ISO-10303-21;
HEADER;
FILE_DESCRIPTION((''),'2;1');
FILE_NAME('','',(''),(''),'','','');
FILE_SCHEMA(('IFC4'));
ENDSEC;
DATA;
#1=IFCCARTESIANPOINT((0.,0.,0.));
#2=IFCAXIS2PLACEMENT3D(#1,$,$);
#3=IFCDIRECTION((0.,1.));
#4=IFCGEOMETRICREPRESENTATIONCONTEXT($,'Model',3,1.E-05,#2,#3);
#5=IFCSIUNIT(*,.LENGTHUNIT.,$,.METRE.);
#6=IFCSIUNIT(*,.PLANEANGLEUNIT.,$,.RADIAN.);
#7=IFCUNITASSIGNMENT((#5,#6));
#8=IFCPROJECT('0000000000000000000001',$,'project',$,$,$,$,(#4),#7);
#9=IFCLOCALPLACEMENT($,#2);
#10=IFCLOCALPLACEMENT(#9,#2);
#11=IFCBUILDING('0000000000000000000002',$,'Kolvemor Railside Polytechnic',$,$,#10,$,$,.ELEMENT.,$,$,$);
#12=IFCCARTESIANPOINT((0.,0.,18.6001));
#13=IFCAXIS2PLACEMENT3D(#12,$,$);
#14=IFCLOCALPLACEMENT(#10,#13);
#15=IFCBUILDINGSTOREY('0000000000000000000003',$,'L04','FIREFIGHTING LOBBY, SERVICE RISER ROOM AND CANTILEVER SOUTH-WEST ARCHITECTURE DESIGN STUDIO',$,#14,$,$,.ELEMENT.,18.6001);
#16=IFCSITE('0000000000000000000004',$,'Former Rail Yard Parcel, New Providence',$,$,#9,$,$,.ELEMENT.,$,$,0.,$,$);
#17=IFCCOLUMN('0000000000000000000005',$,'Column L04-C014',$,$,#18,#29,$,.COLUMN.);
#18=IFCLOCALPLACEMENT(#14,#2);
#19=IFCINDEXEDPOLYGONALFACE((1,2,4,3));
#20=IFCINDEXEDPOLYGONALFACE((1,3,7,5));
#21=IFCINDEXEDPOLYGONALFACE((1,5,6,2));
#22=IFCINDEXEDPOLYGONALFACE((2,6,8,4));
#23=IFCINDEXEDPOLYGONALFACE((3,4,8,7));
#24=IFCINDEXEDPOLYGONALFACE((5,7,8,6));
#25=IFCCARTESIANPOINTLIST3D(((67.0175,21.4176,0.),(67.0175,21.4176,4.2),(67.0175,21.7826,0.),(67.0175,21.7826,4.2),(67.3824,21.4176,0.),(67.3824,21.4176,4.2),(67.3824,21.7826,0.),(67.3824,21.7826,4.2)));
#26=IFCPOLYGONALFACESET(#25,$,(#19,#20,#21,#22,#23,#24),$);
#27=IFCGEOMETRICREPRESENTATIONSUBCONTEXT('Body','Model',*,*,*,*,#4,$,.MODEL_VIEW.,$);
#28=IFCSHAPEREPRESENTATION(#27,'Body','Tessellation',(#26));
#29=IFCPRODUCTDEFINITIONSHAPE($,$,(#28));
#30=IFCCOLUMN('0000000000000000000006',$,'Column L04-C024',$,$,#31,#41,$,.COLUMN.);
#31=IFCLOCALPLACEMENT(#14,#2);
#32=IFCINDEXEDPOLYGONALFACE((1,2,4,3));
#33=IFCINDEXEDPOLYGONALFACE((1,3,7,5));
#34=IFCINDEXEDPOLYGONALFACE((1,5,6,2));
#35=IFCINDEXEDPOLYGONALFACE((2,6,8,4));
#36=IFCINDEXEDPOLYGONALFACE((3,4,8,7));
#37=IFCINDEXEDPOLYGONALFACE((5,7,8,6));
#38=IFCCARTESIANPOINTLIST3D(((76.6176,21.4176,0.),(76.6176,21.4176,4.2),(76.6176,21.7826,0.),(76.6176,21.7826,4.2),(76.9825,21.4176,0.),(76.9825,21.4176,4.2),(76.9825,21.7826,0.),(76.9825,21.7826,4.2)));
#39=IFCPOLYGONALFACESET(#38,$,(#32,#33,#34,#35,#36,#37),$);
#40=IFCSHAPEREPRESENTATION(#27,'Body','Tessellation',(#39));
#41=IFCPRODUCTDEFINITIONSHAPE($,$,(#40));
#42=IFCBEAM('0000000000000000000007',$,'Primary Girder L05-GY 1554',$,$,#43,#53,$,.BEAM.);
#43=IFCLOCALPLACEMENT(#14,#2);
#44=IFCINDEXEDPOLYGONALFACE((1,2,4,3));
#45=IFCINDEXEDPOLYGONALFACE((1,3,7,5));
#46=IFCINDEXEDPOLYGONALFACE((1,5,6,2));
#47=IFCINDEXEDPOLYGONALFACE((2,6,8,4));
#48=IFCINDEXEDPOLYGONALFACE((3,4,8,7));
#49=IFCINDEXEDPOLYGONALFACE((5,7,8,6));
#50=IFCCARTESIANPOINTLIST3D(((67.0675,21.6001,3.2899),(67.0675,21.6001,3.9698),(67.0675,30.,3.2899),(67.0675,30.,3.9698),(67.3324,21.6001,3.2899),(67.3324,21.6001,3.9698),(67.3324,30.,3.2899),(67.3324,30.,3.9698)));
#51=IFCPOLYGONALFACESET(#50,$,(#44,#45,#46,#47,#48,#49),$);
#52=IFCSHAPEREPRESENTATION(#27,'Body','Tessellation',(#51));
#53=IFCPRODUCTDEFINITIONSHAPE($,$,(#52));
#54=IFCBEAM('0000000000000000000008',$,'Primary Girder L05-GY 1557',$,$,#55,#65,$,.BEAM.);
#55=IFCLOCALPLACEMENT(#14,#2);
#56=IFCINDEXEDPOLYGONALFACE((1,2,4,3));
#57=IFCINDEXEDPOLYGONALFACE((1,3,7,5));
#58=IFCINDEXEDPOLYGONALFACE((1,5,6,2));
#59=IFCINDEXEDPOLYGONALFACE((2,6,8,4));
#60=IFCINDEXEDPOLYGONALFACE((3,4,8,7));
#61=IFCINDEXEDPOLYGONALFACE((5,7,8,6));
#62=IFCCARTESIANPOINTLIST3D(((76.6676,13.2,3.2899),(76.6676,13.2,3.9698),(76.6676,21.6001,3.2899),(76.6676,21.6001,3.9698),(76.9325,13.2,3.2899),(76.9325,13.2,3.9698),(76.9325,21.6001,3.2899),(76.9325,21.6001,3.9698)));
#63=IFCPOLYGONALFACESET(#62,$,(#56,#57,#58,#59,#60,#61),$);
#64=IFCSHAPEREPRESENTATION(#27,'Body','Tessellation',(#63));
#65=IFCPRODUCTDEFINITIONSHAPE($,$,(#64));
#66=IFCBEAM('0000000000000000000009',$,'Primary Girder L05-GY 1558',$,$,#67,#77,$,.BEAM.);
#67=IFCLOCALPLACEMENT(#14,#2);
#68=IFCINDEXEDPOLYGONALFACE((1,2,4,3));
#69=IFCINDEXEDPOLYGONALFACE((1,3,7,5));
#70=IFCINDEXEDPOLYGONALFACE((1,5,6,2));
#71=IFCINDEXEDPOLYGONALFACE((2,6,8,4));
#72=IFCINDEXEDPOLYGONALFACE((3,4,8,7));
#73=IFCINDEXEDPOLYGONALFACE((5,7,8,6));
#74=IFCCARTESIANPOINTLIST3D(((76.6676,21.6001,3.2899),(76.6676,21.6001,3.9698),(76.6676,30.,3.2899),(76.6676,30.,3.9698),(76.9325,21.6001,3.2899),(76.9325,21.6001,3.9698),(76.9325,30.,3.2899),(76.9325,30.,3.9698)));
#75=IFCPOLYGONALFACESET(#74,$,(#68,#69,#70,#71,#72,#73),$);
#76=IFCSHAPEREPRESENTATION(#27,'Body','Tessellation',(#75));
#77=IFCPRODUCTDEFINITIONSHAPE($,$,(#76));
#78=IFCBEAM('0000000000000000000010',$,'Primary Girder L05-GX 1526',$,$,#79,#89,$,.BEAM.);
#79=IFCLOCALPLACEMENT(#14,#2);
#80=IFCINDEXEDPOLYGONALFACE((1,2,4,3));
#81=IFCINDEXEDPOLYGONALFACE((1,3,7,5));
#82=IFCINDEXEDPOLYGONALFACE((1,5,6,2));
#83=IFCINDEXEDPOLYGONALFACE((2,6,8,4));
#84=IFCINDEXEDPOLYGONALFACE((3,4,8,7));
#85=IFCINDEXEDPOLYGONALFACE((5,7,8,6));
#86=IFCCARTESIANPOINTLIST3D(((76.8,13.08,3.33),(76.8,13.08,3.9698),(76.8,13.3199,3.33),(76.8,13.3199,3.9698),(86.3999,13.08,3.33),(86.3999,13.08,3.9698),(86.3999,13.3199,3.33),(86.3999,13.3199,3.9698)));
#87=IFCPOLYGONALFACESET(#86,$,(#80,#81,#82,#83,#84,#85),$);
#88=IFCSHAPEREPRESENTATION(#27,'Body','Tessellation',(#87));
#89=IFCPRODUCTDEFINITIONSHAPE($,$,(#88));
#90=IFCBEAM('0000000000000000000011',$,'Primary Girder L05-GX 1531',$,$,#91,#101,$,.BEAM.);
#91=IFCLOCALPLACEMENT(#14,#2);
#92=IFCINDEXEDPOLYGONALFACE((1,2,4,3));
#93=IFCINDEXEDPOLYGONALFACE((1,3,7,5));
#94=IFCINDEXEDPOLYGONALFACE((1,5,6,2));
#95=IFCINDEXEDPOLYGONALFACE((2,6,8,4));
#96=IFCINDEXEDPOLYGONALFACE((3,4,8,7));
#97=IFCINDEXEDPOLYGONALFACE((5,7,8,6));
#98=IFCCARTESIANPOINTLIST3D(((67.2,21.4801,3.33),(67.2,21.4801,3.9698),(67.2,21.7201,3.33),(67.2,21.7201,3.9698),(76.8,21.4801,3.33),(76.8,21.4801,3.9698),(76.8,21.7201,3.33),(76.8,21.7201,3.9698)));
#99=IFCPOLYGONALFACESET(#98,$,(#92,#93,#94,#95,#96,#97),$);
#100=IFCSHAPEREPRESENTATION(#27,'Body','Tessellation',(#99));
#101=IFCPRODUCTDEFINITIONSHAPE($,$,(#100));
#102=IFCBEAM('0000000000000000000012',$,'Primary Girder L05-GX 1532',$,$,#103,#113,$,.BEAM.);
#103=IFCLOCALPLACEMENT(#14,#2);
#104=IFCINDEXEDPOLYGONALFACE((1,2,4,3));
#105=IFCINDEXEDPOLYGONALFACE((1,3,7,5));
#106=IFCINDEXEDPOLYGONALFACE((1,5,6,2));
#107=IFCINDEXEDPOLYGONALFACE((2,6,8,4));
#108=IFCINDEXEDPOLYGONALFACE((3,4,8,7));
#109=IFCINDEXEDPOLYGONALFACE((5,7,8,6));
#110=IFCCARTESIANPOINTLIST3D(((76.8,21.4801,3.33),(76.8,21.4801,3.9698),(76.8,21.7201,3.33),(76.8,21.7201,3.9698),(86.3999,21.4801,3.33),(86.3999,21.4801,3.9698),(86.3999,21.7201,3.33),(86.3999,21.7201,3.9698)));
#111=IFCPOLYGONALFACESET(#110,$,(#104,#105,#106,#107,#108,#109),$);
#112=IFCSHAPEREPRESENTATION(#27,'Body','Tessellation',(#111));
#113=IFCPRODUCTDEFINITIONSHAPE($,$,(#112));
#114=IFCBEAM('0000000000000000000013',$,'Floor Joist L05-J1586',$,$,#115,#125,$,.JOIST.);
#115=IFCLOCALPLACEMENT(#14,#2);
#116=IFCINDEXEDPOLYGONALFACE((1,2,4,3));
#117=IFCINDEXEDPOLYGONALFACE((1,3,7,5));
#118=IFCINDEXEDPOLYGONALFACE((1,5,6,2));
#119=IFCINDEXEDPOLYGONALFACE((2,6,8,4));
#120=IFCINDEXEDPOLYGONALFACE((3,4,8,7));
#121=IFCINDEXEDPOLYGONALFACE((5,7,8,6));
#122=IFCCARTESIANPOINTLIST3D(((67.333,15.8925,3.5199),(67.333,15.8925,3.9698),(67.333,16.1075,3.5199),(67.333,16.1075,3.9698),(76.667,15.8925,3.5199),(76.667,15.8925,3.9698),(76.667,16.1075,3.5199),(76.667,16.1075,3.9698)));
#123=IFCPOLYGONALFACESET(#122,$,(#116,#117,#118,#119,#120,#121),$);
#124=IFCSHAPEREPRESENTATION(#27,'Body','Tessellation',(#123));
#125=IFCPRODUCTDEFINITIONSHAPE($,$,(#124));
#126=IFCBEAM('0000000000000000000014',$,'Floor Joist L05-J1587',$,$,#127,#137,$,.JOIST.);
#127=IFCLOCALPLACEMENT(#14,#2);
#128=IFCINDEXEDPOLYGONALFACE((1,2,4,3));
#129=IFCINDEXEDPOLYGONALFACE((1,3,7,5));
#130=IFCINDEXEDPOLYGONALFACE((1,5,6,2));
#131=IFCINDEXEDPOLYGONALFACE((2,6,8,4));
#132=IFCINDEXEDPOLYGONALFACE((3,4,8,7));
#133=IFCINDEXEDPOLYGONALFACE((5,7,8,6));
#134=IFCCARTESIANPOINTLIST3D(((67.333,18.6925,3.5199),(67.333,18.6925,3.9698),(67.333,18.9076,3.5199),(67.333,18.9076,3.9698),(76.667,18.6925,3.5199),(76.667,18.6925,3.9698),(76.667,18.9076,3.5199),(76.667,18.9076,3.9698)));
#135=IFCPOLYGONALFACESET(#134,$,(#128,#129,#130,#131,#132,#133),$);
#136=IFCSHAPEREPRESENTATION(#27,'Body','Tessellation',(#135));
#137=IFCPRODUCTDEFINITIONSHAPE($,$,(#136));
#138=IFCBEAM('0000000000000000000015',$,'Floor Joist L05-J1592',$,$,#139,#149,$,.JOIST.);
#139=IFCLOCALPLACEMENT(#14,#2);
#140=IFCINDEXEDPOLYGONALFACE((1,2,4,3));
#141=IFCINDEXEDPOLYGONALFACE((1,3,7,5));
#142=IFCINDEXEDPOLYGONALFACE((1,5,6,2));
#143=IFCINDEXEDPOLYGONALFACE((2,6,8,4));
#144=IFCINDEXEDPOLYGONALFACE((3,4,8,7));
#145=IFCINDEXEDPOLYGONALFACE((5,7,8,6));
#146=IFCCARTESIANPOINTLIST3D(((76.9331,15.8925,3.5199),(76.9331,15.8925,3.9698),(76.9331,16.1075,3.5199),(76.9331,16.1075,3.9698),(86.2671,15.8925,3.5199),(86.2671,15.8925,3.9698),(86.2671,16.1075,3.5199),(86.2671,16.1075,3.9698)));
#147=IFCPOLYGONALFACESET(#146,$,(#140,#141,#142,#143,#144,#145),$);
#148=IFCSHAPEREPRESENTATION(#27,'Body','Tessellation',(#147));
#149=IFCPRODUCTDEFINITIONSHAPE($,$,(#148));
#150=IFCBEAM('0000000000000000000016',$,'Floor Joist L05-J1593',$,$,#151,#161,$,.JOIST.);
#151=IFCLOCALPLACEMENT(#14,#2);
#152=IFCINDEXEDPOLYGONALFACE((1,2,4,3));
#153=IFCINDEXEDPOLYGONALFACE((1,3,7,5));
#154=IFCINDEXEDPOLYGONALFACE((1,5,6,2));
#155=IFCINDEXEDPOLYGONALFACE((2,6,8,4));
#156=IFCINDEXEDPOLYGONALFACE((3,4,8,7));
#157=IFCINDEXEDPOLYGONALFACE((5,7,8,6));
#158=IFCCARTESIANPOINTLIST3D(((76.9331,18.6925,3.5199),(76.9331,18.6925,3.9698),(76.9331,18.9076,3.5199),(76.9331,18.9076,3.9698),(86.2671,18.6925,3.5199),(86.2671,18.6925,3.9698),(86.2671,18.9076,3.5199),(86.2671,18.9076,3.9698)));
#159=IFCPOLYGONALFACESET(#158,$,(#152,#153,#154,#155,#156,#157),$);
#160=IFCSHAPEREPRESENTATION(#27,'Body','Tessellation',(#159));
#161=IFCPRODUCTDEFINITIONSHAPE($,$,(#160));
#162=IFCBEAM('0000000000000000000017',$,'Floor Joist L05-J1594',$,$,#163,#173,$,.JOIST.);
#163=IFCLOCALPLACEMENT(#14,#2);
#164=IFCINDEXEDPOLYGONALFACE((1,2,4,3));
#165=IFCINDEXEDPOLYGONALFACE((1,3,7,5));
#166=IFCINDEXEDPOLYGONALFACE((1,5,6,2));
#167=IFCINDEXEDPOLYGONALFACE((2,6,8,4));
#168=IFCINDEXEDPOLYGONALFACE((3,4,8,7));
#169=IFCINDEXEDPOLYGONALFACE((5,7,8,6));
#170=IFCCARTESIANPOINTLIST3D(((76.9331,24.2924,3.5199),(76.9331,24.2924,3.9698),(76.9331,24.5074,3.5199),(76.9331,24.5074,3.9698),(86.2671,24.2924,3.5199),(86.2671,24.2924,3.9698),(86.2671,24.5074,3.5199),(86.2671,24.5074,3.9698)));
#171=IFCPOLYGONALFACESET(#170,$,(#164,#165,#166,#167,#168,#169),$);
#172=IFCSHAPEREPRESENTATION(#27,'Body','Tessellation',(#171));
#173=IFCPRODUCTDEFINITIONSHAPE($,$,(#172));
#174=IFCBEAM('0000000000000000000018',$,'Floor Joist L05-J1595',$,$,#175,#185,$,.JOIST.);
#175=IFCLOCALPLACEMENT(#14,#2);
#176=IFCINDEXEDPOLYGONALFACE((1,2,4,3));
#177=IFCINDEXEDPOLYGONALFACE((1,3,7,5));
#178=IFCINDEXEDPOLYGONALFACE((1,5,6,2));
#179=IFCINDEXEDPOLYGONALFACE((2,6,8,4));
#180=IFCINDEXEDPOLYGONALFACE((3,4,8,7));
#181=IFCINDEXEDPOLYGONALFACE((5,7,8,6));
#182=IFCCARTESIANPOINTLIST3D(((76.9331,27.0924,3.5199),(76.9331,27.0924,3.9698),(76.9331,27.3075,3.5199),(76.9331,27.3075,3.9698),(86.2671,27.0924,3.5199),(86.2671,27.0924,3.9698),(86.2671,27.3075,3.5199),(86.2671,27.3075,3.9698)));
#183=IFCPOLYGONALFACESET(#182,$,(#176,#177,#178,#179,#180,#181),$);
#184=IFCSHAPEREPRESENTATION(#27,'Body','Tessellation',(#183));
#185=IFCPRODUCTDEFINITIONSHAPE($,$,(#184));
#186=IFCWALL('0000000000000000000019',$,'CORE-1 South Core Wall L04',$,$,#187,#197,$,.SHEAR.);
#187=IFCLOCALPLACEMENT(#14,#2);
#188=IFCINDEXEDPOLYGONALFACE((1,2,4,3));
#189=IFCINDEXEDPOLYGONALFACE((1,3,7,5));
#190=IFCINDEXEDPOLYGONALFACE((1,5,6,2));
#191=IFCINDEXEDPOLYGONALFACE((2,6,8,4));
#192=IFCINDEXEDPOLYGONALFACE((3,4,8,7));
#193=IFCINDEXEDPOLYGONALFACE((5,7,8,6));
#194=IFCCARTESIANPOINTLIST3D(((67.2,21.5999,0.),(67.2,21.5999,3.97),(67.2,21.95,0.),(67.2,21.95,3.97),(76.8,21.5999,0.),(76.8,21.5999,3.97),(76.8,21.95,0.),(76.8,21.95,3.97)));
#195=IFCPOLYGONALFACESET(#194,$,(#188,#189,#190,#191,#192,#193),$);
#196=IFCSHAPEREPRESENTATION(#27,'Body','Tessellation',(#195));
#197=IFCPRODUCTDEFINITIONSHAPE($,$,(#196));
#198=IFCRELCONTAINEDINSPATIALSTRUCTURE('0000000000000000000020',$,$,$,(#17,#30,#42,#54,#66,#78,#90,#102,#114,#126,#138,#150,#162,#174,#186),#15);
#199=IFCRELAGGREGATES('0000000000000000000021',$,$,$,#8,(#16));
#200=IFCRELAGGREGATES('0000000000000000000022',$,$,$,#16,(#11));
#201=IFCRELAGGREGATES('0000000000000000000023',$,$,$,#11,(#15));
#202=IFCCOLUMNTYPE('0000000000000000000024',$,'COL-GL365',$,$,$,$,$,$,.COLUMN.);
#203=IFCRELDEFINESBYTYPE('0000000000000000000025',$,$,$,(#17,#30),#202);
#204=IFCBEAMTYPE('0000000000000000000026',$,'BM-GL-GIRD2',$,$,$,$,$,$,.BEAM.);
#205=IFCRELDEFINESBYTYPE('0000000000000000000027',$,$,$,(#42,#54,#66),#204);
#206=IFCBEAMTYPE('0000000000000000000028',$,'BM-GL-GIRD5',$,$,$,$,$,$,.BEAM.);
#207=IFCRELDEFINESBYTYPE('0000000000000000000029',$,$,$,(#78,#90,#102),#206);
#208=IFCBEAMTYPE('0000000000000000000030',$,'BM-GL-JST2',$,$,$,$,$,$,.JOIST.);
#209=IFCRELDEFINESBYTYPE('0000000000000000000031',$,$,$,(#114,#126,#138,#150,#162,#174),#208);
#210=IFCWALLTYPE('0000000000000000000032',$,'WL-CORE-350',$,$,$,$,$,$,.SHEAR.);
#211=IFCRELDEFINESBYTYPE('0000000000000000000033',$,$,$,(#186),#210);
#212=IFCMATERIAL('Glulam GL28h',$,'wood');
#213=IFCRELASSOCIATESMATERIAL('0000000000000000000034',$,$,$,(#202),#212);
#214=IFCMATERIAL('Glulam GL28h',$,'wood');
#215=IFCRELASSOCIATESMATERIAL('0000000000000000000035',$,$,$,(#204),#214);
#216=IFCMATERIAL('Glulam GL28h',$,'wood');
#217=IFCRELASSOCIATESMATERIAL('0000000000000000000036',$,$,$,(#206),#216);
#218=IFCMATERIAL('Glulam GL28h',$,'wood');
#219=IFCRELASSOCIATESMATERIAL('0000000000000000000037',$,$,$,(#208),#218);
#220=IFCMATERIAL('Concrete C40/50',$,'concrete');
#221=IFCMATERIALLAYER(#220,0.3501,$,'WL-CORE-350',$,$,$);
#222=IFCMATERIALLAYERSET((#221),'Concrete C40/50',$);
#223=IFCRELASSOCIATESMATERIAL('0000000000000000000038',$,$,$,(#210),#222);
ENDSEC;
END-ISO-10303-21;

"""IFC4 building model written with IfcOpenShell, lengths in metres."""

from ifc_helpers import new_model, si_unit, direction, frame, frame_2d, origin, origin_2d, place, context, subcontext, project, spatial, rectangle, extrude, material, layer, layer_set, material_profile, profile_set, type_object, element, save


model = new_model("IFC4")

# Units and contexts
model_context = context("Model", 3, precision=1e-05, world=origin(), true_north=direction((0.0, 1.0)))
body_context = subcontext(model_context, "Body", "Model", "MODEL_VIEW")
ifc_project = project(units=[si_unit("LENGTHUNIT", "METRE"), si_unit("PLANEANGLEUNIT", "RADIAN")], contexts=[model_context])

# Site, building, storey
site_placement = place(None, origin())
site = spatial("IfcSite", under=ifc_project, at=site_placement, Name="Former Rail Yard Parcel, New Providence", CompositionType="ELEMENT", RefElevation=0.0)
building_placement = place(site_placement, origin())
building = spatial("IfcBuilding", under=site, at=building_placement, Name="Kolvemor Railside Polytechnic", CompositionType="ELEMENT")
storey_placement = place(building_placement, frame((0.0, 0.0, 18.6001)))
storey = spatial("IfcBuildingStorey", under=building, at=storey_placement, Name="L04", Description="FIREFIGHTING LOBBY, SERVICE RISER ROOM AND CANTILEVER SOUTH-WEST ARCHITECTURE DESIGN STUDIO", CompositionType="ELEMENT", Elevation=18.6001)

# Columns
ifc_material_1 = material(Name="Glulam GL28h", Category="wood")
ifc_material_profile_1 = material_profile(ifc_material_1, rectangle(XDim=0.365, YDim=0.365, at=origin_2d()), Name="GL365x365")
ifc_profile_set_1 = profile_set([ifc_material_profile_1], Name="Glulam GL28h")
column_type = type_object("IfcColumnType", Name="COL-GL365", PredefinedType="COLUMN", material=ifc_profile_set_1)
for number, where, z_axis, x_axis, name in (
    (1, (67.2, 21.6001, 0.0), (0.0, 0.0, 1.0), (1.0, 0.0, 0.0), "Column L04-C014"),
    (2, (76.8, 21.6001, 0.0), (0.0, 0.0, 1.0), (1.0, 0.0, 0.0), "Column L04-C024"),
):
    element("IfcColumn", number, at=place(storey_placement, frame(where, z_axis=z_axis, x_axis=x_axis)), inside=storey, type_object=column_type, Name=name, PredefinedType="COLUMN", context=body_context, shape_type="SweptSolid", body=[
        extrude(rectangle(XDim=0.365, YDim=0.365, at=origin_2d()), origin(), (0.0, 0.0, 1.0), 4.2),
    ])

# Beams
ifc_material_2 = material(Name="Glulam GL28h", Category="wood")
ifc_material_profile_2 = material_profile(ifc_material_2, rectangle(XDim=0.2649, YDim=0.6799, at=origin_2d()), Name="GL265x680")
ifc_profile_set_2 = profile_set([ifc_material_profile_2], Name="Glulam GL28h")
beam_type_1 = type_object("IfcBeamType", Name="BM-GL-GIRD2", PredefinedType="BEAM", material=ifc_profile_set_2)
beam_1_placement = place(storey_placement, frame((67.2, 21.6001, 3.6299), z_axis=(0.0, 1.0, 0.0), x_axis=(-1.0, 0.0, 0.0)))
element("IfcBeam", 3, at=beam_1_placement, inside=storey, type_object=beam_type_1, Name="Primary Girder L05-GY 1554", PredefinedType="BEAM", context=body_context, shape_type="SweptSolid", body=[
    extrude(rectangle(XDim=0.2649, YDim=0.6799, at=origin_2d()), origin(), (0.0, 0.0, 1.0), 8.3999),
])
beam_2_placement = place(storey_placement, frame((76.8, 13.2, 3.6299), z_axis=(0.0, 1.0, 0.0), x_axis=(-1.0, 0.0, 0.0)))
element("IfcBeam", 4, at=beam_2_placement, inside=storey, type_object=beam_type_1, Name="Primary Girder L05-GY 1557", PredefinedType="BEAM", context=body_context, shape_type="SweptSolid", body=[
    extrude(rectangle(XDim=0.2649, YDim=0.6799, at=origin_2d()), origin(), (0.0, 0.0, 1.0), 8.4001),
])
beam_3_placement = place(storey_placement, frame((76.8, 21.6001, 3.6299), z_axis=(0.0, 1.0, 0.0), x_axis=(-1.0, 0.0, 0.0)))
element("IfcBeam", 5, at=beam_3_placement, inside=storey, type_object=beam_type_1, Name="Primary Girder L05-GY 1558", PredefinedType="BEAM", context=body_context, shape_type="SweptSolid", body=[
    extrude(rectangle(XDim=0.2649, YDim=0.6799, at=origin_2d()), origin(), (0.0, 0.0, 1.0), 8.3999),
])
ifc_material_3 = material(Name="Glulam GL28h", Category="wood")
ifc_material_profile_3 = material_profile(ifc_material_3, rectangle(XDim=0.24, YDim=0.6399, at=origin_2d()), Name="GL240x640")
ifc_profile_set_3 = profile_set([ifc_material_profile_3], Name="Glulam GL28h")
beam_type_2 = type_object("IfcBeamType", Name="BM-GL-GIRD5", PredefinedType="BEAM", material=ifc_profile_set_3)
beam_4_placement = place(storey_placement, frame((76.8, 13.2, 3.6499), z_axis=(1.0, 0.0, 0.0), x_axis=(0.0, 1.0, 0.0)))
element("IfcBeam", 6, at=beam_4_placement, inside=storey, type_object=beam_type_2, Name="Primary Girder L05-GX 1526", PredefinedType="BEAM", context=body_context, shape_type="SweptSolid", body=[
    extrude(rectangle(XDim=0.24, YDim=0.6399, at=origin_2d()), origin(), (0.0, 0.0, 1.0), 9.5999),
])
beam_5_placement = place(storey_placement, frame((67.2, 21.6001, 3.6499), z_axis=(1.0, 0.0, 0.0), x_axis=(0.0, 1.0, 0.0)))
element("IfcBeam", 7, at=beam_5_placement, inside=storey, type_object=beam_type_2, Name="Primary Girder L05-GX 1531", PredefinedType="BEAM", context=body_context, shape_type="SweptSolid", body=[
    extrude(rectangle(XDim=0.24, YDim=0.6399, at=origin_2d()), origin(), (0.0, 0.0, 1.0), 9.6001),
])
beam_6_placement = place(storey_placement, frame((76.8, 21.6001, 3.6499), z_axis=(1.0, 0.0, 0.0), x_axis=(0.0, 1.0, 0.0)))
element("IfcBeam", 8, at=beam_6_placement, inside=storey, type_object=beam_type_2, Name="Primary Girder L05-GX 1532", PredefinedType="BEAM", context=body_context, shape_type="SweptSolid", body=[
    extrude(rectangle(XDim=0.24, YDim=0.6399, at=origin_2d()), origin(), (0.0, 0.0, 1.0), 9.5999),
])
ifc_material_4 = material(Name="Glulam GL28h", Category="wood")
ifc_material_profile_4 = material_profile(ifc_material_4, rectangle(XDim=0.2151, YDim=0.45, at=origin_2d()), Name="GL215x450")
ifc_profile_set_4 = profile_set([ifc_material_profile_4], Name="Glulam GL28h")
beam_type_3 = type_object("IfcBeamType", Name="BM-GL-JST2", PredefinedType="JOIST", material=ifc_profile_set_4)
for number, where, z_axis, x_axis, name in (
    (9, (67.333, 16.0, 3.7449), (1.0, 0.0, 0.0), (0.0, 1.0, 0.0), "Floor Joist L05-J1586"),
    (10, (67.333, 18.8, 3.7449), (1.0, 0.0, 0.0), (0.0, 1.0, 0.0), "Floor Joist L05-J1587"),
    (11, (76.9331, 16.0, 3.7449), (1.0, 0.0, 0.0), (0.0, 1.0, 0.0), "Floor Joist L05-J1592"),
    (12, (76.9331, 18.8, 3.7449), (1.0, 0.0, 0.0), (0.0, 1.0, 0.0), "Floor Joist L05-J1593"),
    (13, (76.9331, 24.3999, 3.7449), (1.0, 0.0, 0.0), (0.0, 1.0, 0.0), "Floor Joist L05-J1594"),
    (14, (76.9331, 27.2, 3.7449), (1.0, 0.0, 0.0), (0.0, 1.0, 0.0), "Floor Joist L05-J1595"),
):
    element("IfcBeam", number, at=place(storey_placement, frame(where, z_axis=z_axis, x_axis=x_axis)), inside=storey, type_object=beam_type_3, Name=name, PredefinedType="JOIST", context=body_context, shape_type="SweptSolid", body=[
        extrude(rectangle(XDim=0.2151, YDim=0.45, at=origin_2d()), origin(), (0.0, 0.0, 1.0), 9.334),
    ])

# Wall
ifc_material_5 = material(Name="Concrete C40/50", Category="concrete")
ifc_layer_1 = layer(ifc_material_5, 0.3501, Name="WL-CORE-350")
ifc_layer_set_1 = layer_set([ifc_layer_1], Name="Concrete C40/50")
wall_type_1 = type_object("IfcWallType", Name="WL-CORE-350", PredefinedType="SHEAR", material=ifc_layer_set_1)
wall_1_placement = place(storey_placement, frame((67.2, 21.7749, 0.0), z_axis=(0.0, 0.0, 1.0), x_axis=(1.0, 0.0, 0.0)))
element("IfcWall", 15, at=wall_1_placement, inside=storey, type_object=wall_type_1, Name="CORE-1 South Core Wall L04", PredefinedType="SHEAR", context=body_context, shape_type="SweptSolid", body=[
    extrude(rectangle(XDim=9.6001, YDim=0.3501, at=frame_2d((4.8, 0.0))), origin(), (0.0, 0.0, 1.0), 3.97),
])

save(model, "model.ifc")
